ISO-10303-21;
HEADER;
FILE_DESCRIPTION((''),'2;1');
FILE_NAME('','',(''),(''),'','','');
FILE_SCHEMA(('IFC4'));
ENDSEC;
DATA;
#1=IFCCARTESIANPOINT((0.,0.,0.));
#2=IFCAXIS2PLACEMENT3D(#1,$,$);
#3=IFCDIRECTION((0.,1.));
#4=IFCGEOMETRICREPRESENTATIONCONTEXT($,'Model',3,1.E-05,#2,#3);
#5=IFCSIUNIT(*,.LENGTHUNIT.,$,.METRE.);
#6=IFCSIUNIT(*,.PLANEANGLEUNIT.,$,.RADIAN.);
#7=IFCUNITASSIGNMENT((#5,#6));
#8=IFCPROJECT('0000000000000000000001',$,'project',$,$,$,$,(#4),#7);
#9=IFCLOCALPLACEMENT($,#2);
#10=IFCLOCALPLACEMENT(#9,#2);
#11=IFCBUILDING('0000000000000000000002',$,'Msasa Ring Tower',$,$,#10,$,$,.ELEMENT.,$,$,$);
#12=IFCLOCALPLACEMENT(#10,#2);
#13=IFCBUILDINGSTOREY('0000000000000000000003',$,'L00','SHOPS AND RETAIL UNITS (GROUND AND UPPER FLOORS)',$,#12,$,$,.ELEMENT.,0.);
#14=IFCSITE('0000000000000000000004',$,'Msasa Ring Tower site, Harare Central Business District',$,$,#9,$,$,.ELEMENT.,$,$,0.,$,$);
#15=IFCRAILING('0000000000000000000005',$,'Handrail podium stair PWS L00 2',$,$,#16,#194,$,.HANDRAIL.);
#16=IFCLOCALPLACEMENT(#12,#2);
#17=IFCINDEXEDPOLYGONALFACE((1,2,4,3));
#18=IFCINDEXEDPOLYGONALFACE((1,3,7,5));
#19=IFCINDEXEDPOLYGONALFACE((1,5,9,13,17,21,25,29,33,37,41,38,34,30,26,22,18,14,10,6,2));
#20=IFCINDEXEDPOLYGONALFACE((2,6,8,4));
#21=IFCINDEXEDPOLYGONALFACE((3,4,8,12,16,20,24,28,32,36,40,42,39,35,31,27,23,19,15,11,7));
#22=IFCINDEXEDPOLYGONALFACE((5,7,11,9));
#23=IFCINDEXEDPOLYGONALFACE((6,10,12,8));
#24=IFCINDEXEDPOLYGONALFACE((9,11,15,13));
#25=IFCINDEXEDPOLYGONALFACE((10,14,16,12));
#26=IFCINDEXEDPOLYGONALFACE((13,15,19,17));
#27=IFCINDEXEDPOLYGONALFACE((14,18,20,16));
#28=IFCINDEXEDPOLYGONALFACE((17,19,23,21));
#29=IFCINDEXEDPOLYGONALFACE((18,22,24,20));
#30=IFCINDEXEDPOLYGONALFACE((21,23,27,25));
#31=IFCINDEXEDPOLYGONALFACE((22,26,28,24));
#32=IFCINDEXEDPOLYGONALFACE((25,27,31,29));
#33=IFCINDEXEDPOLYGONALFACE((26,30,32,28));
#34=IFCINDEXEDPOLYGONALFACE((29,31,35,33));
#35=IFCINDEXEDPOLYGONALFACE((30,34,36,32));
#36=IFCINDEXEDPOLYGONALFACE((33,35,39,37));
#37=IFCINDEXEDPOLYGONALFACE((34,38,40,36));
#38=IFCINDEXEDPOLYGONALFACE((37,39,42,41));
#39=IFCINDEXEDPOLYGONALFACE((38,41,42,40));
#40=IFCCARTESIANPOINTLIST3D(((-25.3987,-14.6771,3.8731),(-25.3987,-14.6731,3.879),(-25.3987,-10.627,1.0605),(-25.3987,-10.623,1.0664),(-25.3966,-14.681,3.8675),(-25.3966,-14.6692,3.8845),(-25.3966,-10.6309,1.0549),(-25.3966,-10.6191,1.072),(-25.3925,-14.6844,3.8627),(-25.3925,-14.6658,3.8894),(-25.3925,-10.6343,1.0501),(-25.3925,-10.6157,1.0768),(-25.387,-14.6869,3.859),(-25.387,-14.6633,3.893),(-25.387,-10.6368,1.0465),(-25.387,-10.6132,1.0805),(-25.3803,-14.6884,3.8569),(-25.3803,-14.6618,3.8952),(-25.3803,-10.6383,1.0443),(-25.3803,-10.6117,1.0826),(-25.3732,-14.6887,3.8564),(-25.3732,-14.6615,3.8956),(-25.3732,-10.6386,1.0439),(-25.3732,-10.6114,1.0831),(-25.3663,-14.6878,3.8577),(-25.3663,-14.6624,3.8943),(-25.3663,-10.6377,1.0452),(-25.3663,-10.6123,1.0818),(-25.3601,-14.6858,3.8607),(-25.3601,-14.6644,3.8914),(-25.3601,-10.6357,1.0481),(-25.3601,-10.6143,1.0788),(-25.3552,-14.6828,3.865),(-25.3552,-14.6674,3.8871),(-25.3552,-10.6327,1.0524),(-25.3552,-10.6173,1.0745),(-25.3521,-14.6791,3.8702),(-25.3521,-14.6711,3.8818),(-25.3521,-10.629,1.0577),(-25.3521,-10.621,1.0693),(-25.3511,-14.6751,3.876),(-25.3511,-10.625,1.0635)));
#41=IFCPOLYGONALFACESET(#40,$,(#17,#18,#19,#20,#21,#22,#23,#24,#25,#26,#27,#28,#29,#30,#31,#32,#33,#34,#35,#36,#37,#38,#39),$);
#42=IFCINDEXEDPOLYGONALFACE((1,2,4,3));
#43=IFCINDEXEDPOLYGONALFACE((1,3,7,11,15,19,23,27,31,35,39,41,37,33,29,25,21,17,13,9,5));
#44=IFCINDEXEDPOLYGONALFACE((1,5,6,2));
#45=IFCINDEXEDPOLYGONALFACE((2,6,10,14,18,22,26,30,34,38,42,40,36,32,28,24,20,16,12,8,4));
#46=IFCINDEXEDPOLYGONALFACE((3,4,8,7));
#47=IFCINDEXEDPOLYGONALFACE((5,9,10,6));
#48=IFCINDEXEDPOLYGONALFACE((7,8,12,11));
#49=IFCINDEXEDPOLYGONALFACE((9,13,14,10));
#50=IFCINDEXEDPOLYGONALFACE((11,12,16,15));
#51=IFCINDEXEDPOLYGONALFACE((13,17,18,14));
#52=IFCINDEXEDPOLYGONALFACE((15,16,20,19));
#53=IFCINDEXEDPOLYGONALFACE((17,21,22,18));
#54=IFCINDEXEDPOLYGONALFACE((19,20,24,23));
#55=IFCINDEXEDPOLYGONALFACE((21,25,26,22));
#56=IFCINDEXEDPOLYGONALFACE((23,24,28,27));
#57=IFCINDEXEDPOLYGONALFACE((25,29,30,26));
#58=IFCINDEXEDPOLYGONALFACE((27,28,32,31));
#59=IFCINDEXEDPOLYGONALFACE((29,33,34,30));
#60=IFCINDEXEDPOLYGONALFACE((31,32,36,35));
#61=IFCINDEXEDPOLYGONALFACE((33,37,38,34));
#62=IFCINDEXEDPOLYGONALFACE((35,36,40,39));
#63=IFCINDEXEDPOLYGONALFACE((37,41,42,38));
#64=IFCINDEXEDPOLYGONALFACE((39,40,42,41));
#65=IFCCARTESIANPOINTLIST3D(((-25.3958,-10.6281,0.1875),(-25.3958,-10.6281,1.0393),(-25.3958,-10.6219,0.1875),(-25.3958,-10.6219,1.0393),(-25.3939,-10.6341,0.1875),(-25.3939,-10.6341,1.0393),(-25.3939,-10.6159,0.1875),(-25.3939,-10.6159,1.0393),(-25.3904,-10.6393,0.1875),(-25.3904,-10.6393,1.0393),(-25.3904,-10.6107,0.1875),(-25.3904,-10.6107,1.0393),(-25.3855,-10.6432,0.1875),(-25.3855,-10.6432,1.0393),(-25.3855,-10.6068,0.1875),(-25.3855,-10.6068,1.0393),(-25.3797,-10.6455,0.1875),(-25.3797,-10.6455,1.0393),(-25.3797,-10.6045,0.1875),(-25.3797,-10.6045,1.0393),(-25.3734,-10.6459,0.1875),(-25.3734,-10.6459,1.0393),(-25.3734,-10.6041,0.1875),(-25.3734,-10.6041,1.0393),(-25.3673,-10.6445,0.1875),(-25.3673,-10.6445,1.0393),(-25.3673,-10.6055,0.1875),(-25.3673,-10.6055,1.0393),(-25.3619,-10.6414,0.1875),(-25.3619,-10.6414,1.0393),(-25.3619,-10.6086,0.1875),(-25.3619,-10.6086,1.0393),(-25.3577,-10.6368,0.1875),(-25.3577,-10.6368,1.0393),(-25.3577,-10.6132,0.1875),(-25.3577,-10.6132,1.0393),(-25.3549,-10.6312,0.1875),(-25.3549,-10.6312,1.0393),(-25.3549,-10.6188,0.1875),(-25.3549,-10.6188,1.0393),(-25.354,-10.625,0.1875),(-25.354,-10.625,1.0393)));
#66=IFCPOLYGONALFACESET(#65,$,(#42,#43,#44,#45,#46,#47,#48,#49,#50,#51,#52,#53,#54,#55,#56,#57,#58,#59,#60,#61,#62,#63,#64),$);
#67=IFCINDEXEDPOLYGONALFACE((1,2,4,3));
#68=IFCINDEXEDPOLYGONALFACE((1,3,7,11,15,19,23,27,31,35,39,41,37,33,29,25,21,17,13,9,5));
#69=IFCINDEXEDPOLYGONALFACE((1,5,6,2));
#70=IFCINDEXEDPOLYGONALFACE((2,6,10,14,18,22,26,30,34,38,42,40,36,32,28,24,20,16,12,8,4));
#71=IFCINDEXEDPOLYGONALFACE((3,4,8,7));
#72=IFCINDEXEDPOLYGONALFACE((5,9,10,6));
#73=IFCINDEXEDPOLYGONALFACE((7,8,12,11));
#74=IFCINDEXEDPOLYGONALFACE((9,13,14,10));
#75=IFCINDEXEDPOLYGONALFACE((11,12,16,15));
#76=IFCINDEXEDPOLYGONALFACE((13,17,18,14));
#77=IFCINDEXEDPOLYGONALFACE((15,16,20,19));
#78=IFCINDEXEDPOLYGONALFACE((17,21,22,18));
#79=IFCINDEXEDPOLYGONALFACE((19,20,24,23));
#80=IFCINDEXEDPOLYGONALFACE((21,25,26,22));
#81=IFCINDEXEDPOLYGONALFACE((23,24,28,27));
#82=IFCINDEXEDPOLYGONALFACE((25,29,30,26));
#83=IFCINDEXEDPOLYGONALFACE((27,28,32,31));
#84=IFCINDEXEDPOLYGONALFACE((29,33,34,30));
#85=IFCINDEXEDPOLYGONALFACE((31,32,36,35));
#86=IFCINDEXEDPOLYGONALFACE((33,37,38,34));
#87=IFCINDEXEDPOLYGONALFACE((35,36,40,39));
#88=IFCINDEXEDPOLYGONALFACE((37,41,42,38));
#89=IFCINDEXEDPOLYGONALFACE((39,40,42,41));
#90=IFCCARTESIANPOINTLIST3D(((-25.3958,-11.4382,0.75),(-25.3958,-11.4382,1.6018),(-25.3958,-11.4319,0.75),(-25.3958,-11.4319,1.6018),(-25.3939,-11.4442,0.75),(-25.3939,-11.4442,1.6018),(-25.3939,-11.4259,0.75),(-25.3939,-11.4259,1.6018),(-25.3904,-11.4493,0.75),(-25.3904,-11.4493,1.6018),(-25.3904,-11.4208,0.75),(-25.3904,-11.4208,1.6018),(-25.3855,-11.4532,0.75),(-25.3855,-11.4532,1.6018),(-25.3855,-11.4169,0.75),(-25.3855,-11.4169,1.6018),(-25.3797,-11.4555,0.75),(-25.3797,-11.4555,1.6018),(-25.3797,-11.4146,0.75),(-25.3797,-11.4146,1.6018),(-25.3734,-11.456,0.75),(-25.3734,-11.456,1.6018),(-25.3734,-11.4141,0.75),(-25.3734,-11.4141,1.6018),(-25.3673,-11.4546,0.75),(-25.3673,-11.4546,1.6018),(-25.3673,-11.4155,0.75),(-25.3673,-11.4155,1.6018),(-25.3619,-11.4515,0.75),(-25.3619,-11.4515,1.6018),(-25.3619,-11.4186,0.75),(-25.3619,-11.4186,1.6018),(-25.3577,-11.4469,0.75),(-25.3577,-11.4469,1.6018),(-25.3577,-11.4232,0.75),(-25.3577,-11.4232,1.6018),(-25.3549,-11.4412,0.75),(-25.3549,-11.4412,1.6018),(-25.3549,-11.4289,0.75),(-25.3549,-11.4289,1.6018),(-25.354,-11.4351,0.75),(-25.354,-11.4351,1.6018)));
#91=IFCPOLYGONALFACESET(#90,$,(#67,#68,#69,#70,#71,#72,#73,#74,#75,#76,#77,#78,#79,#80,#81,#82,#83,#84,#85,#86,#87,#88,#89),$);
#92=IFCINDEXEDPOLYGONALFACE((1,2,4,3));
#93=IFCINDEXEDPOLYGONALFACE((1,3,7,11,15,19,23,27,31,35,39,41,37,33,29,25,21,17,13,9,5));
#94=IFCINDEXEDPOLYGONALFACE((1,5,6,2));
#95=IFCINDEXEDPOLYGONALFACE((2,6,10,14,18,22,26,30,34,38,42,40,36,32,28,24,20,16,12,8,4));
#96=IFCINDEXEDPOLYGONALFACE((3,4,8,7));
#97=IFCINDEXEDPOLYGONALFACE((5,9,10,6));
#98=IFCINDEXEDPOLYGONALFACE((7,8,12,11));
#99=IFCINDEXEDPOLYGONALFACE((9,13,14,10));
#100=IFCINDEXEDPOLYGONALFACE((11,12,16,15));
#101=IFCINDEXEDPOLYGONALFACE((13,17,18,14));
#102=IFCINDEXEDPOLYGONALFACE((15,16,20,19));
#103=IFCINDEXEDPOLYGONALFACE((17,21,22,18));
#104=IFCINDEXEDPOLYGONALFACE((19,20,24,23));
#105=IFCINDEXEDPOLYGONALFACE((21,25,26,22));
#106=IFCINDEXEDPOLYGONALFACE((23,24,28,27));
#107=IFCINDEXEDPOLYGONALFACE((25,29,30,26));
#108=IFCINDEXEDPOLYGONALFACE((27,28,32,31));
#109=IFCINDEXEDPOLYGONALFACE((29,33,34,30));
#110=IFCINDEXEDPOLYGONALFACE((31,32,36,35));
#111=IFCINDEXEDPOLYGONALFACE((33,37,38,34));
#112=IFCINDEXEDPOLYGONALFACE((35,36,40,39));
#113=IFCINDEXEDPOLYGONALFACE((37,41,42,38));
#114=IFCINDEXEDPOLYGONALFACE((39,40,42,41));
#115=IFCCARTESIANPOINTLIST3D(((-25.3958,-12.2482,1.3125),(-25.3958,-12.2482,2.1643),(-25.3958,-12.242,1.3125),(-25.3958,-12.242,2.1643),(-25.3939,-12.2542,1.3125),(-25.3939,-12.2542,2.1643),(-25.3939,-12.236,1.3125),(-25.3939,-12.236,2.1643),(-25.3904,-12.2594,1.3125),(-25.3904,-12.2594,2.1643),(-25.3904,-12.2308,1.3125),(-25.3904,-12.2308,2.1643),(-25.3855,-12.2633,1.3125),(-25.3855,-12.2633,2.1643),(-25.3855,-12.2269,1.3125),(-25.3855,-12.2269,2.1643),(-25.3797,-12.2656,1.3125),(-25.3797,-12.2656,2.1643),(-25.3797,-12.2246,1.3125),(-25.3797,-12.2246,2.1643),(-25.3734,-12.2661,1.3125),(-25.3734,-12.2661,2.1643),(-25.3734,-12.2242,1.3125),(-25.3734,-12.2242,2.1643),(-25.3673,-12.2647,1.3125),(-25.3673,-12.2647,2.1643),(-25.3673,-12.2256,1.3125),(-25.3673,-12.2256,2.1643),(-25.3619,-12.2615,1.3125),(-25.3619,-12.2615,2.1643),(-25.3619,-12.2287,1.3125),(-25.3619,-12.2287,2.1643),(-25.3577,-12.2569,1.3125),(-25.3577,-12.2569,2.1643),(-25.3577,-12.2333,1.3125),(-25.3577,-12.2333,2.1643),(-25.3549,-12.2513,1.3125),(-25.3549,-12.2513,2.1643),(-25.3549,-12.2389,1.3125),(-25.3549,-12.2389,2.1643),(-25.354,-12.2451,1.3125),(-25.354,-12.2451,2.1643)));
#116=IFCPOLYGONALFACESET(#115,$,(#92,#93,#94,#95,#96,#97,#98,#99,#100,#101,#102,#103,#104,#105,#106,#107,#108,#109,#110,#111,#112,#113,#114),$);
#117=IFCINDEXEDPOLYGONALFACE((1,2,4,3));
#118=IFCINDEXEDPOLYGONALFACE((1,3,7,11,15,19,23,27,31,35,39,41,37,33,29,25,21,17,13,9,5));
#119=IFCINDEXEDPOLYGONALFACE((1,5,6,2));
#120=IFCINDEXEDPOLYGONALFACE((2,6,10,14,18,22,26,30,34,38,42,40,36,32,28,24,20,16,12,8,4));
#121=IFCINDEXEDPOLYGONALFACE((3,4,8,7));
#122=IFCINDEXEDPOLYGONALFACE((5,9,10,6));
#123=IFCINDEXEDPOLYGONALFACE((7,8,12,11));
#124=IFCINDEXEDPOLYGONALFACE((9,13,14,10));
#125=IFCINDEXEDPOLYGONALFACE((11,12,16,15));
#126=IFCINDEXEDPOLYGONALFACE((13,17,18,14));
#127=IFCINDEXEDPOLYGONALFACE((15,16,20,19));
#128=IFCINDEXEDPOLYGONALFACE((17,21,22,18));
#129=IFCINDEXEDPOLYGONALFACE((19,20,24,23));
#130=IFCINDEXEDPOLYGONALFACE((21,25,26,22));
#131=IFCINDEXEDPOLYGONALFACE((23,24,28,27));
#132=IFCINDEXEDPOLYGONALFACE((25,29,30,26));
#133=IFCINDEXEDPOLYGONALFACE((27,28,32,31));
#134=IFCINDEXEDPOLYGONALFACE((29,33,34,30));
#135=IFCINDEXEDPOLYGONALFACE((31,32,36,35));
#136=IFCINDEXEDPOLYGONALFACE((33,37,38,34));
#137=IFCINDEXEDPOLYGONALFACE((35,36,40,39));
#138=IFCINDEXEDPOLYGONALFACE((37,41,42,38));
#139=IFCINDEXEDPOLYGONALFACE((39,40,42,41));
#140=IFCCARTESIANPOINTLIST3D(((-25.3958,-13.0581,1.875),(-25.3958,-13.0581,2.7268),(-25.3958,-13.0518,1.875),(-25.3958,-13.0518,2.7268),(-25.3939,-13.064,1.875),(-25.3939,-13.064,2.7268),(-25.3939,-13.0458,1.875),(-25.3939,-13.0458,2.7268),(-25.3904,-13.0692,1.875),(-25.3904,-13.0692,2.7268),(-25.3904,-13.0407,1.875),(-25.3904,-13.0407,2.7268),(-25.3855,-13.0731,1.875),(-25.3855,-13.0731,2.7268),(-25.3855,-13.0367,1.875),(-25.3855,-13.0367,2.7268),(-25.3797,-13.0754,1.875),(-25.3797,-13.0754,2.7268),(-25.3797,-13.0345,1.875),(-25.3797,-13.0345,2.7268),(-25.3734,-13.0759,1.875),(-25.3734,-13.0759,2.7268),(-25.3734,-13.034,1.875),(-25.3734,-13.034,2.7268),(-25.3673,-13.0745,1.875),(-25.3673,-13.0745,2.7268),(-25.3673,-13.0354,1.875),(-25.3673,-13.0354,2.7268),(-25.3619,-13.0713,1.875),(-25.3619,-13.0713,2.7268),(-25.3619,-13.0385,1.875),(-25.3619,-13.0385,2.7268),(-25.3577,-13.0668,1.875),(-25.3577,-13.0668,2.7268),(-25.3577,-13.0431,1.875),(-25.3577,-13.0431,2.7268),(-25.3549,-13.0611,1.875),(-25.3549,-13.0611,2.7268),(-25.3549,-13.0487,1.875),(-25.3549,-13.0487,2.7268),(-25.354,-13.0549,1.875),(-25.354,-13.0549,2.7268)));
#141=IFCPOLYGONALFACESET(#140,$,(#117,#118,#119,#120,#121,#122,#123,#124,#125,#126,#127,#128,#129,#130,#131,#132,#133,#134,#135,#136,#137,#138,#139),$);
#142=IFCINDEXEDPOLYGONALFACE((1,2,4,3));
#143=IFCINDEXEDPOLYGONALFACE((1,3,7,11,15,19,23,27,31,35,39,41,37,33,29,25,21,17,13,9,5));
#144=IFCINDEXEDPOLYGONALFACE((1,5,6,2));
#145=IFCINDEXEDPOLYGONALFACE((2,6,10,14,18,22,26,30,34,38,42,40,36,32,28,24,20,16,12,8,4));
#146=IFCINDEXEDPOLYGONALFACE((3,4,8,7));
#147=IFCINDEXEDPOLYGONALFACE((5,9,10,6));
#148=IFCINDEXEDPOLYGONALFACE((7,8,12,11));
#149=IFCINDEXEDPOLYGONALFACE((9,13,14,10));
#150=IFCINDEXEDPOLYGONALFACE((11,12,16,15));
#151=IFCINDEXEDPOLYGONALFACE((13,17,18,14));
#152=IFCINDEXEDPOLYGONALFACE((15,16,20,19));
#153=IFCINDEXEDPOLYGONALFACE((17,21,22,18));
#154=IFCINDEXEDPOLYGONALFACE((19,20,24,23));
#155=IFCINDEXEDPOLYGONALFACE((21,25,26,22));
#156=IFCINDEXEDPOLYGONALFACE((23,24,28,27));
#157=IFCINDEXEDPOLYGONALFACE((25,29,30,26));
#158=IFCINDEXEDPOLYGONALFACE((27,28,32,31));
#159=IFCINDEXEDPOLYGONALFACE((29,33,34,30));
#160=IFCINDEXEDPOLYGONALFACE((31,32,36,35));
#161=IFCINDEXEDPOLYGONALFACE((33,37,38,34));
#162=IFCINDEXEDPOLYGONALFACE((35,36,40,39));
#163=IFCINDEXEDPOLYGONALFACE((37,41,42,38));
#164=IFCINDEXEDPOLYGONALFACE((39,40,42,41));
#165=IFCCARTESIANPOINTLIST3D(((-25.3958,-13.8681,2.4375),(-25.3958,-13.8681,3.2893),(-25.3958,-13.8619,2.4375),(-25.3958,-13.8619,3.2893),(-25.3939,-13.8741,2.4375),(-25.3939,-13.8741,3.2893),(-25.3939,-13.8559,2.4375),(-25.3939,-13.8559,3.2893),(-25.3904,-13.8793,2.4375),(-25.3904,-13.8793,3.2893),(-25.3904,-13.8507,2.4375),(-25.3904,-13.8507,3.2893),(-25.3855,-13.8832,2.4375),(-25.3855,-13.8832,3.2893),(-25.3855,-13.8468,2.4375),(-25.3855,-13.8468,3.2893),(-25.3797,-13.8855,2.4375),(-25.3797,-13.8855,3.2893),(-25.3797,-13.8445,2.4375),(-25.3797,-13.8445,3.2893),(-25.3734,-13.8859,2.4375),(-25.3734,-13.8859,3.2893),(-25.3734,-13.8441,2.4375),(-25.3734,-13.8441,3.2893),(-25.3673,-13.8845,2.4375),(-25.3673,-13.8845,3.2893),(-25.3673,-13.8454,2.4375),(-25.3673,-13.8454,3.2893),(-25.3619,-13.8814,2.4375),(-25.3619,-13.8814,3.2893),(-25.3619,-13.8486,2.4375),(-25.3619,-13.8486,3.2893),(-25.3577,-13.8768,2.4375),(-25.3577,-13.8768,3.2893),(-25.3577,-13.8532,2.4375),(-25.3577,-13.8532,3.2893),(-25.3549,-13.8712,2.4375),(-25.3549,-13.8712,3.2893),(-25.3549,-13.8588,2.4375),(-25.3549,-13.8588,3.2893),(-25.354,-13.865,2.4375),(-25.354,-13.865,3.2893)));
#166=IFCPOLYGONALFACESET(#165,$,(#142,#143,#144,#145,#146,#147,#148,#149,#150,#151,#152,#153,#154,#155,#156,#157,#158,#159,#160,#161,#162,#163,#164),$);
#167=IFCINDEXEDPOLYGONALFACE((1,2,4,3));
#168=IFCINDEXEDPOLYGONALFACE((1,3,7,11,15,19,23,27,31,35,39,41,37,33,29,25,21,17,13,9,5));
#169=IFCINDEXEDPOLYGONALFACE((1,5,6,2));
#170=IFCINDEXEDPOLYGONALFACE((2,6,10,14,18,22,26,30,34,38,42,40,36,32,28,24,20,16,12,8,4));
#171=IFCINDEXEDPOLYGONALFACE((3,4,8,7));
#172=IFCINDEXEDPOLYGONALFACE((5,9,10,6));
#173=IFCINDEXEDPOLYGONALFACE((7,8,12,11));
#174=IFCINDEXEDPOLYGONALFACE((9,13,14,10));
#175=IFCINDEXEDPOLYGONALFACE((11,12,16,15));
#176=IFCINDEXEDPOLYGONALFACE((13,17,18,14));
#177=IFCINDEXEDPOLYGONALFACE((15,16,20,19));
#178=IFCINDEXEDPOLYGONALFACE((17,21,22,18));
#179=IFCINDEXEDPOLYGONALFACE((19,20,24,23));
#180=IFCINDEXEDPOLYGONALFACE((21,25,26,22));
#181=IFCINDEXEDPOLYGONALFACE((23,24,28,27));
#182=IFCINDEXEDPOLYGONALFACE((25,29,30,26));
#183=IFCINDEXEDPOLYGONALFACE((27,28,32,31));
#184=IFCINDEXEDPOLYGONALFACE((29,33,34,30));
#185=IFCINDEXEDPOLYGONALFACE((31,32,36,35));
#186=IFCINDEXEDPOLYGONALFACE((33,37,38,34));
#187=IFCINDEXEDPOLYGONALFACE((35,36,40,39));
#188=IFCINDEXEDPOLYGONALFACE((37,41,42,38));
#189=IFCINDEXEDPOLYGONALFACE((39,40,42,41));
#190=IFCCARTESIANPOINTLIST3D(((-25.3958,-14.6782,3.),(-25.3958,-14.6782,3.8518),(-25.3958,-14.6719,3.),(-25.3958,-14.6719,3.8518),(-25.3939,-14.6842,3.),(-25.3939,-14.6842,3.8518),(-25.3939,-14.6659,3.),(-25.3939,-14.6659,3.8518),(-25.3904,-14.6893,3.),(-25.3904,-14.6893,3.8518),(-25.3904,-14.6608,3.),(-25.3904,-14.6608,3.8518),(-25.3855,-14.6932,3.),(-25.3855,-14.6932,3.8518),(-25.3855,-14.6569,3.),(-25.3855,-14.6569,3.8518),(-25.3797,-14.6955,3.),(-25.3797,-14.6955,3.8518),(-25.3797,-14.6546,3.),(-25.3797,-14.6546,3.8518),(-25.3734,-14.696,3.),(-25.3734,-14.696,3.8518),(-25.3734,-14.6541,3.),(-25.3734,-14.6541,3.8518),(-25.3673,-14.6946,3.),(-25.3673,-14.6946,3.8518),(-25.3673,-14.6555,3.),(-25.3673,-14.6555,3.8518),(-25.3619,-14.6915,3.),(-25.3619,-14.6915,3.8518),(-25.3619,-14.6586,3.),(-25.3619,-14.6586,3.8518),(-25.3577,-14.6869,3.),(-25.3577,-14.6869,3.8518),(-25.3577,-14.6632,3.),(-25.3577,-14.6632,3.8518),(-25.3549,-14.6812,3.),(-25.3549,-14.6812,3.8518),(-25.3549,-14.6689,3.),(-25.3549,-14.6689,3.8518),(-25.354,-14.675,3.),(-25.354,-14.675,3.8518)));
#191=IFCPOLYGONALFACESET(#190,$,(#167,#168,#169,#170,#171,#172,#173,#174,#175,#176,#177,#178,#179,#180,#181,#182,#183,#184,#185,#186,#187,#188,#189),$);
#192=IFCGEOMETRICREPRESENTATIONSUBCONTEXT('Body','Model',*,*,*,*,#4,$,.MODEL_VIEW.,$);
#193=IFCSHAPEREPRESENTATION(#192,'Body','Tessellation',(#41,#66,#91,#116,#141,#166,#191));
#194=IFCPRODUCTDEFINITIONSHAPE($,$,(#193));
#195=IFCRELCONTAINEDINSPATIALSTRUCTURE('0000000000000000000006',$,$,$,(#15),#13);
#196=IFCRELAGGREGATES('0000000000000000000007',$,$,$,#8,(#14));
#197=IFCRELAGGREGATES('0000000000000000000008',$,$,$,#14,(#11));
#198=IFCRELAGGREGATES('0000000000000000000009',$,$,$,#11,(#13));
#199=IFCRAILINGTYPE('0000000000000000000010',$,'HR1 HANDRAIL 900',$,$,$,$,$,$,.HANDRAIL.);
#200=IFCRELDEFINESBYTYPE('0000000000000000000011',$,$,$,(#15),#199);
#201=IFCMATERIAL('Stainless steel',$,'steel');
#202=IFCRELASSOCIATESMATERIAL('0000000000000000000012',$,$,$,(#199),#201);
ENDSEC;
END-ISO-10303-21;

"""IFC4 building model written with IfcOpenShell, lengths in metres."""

from ifc_helpers import new_model, si_unit, direction, frame, origin, origin_2d, place, context, subcontext, project, spatial, circle, extrude, material, type_object, element, save


model = new_model("IFC4")

# Units and contexts
model_context = context("Model", 3, precision=1e-05, world=origin(), true_north=direction((0.0, 1.0)))
body_context = subcontext(model_context, "Body", "Model", "MODEL_VIEW")
ifc_project = project(units=[si_unit("LENGTHUNIT", "METRE"), si_unit("PLANEANGLEUNIT", "RADIAN")], contexts=[model_context])

# Site, building, storey
site_placement = place(None, origin())
site = spatial("IfcSite", under=ifc_project, at=site_placement, Name="Msasa Ring Tower site, Harare Central Business District", CompositionType="ELEMENT", RefElevation=0.0)
building_placement = place(site_placement, origin())
building = spatial("IfcBuilding", under=site, at=building_placement, Name="Msasa Ring Tower", CompositionType="ELEMENT")
storey_placement = place(building_placement, origin())
storey = spatial("IfcBuildingStorey", under=building, at=storey_placement, Name="L00", Description="SHOPS AND RETAIL UNITS (GROUND AND UPPER FLOORS)", CompositionType="ELEMENT", Elevation=0.0)

# Railing
ifc_material_1 = material(Name="Stainless steel", Category="steel")
railing_type = type_object("IfcRailingType", Name="HR1 HANDRAIL 900", PredefinedType="HANDRAIL", material=ifc_material_1)
for number, where, name in (
    (1, (-25.375, -10.625, 0.1875), "Handrail podium stair PWS L00 2"),
):
    element("IfcRailing", number, at=place(storey_placement, frame(where)), inside=storey, type_object=railing_type, Name=name, PredefinedType="HANDRAIL", context=body_context, shape_type="SweptSolid", body=[
        extrude(circle(Radius=0.0239, at=origin_2d()), frame((0.0, 0.0, 0.876), z_axis=(0.0, -0.821373, 0.570391), x_axis=(1.0, 0.0, 0.0)), (0.0, 0.0, 1.0), 4.9309),
        extrude(circle(Radius=0.021, at=origin_2d()), origin(), (0.0, 0.0, 1.0), 0.8518),
        extrude(circle(Radius=0.021, at=origin_2d()), frame((0.0, -0.8101, 0.5625)), (0.0, 0.0, 1.0), 0.8518),
        extrude(circle(Radius=0.021, at=origin_2d()), frame((0.0, -1.6201, 1.125)), (0.0, 0.0, 1.0), 0.8518),
        extrude(circle(Radius=0.021, at=origin_2d()), frame((0.0, -2.4299, 1.6875)), (0.0, 0.0, 1.0), 0.8518),
        extrude(circle(Radius=0.021, at=origin_2d()), frame((0.0, -3.24, 2.25)), (0.0, 0.0, 1.0), 0.8518),
        extrude(circle(Radius=0.021, at=origin_2d()), frame((0.0, -4.05, 2.8125)), (0.0, 0.0, 1.0), 0.8518),
    ])

save(model, "model.ifc")
